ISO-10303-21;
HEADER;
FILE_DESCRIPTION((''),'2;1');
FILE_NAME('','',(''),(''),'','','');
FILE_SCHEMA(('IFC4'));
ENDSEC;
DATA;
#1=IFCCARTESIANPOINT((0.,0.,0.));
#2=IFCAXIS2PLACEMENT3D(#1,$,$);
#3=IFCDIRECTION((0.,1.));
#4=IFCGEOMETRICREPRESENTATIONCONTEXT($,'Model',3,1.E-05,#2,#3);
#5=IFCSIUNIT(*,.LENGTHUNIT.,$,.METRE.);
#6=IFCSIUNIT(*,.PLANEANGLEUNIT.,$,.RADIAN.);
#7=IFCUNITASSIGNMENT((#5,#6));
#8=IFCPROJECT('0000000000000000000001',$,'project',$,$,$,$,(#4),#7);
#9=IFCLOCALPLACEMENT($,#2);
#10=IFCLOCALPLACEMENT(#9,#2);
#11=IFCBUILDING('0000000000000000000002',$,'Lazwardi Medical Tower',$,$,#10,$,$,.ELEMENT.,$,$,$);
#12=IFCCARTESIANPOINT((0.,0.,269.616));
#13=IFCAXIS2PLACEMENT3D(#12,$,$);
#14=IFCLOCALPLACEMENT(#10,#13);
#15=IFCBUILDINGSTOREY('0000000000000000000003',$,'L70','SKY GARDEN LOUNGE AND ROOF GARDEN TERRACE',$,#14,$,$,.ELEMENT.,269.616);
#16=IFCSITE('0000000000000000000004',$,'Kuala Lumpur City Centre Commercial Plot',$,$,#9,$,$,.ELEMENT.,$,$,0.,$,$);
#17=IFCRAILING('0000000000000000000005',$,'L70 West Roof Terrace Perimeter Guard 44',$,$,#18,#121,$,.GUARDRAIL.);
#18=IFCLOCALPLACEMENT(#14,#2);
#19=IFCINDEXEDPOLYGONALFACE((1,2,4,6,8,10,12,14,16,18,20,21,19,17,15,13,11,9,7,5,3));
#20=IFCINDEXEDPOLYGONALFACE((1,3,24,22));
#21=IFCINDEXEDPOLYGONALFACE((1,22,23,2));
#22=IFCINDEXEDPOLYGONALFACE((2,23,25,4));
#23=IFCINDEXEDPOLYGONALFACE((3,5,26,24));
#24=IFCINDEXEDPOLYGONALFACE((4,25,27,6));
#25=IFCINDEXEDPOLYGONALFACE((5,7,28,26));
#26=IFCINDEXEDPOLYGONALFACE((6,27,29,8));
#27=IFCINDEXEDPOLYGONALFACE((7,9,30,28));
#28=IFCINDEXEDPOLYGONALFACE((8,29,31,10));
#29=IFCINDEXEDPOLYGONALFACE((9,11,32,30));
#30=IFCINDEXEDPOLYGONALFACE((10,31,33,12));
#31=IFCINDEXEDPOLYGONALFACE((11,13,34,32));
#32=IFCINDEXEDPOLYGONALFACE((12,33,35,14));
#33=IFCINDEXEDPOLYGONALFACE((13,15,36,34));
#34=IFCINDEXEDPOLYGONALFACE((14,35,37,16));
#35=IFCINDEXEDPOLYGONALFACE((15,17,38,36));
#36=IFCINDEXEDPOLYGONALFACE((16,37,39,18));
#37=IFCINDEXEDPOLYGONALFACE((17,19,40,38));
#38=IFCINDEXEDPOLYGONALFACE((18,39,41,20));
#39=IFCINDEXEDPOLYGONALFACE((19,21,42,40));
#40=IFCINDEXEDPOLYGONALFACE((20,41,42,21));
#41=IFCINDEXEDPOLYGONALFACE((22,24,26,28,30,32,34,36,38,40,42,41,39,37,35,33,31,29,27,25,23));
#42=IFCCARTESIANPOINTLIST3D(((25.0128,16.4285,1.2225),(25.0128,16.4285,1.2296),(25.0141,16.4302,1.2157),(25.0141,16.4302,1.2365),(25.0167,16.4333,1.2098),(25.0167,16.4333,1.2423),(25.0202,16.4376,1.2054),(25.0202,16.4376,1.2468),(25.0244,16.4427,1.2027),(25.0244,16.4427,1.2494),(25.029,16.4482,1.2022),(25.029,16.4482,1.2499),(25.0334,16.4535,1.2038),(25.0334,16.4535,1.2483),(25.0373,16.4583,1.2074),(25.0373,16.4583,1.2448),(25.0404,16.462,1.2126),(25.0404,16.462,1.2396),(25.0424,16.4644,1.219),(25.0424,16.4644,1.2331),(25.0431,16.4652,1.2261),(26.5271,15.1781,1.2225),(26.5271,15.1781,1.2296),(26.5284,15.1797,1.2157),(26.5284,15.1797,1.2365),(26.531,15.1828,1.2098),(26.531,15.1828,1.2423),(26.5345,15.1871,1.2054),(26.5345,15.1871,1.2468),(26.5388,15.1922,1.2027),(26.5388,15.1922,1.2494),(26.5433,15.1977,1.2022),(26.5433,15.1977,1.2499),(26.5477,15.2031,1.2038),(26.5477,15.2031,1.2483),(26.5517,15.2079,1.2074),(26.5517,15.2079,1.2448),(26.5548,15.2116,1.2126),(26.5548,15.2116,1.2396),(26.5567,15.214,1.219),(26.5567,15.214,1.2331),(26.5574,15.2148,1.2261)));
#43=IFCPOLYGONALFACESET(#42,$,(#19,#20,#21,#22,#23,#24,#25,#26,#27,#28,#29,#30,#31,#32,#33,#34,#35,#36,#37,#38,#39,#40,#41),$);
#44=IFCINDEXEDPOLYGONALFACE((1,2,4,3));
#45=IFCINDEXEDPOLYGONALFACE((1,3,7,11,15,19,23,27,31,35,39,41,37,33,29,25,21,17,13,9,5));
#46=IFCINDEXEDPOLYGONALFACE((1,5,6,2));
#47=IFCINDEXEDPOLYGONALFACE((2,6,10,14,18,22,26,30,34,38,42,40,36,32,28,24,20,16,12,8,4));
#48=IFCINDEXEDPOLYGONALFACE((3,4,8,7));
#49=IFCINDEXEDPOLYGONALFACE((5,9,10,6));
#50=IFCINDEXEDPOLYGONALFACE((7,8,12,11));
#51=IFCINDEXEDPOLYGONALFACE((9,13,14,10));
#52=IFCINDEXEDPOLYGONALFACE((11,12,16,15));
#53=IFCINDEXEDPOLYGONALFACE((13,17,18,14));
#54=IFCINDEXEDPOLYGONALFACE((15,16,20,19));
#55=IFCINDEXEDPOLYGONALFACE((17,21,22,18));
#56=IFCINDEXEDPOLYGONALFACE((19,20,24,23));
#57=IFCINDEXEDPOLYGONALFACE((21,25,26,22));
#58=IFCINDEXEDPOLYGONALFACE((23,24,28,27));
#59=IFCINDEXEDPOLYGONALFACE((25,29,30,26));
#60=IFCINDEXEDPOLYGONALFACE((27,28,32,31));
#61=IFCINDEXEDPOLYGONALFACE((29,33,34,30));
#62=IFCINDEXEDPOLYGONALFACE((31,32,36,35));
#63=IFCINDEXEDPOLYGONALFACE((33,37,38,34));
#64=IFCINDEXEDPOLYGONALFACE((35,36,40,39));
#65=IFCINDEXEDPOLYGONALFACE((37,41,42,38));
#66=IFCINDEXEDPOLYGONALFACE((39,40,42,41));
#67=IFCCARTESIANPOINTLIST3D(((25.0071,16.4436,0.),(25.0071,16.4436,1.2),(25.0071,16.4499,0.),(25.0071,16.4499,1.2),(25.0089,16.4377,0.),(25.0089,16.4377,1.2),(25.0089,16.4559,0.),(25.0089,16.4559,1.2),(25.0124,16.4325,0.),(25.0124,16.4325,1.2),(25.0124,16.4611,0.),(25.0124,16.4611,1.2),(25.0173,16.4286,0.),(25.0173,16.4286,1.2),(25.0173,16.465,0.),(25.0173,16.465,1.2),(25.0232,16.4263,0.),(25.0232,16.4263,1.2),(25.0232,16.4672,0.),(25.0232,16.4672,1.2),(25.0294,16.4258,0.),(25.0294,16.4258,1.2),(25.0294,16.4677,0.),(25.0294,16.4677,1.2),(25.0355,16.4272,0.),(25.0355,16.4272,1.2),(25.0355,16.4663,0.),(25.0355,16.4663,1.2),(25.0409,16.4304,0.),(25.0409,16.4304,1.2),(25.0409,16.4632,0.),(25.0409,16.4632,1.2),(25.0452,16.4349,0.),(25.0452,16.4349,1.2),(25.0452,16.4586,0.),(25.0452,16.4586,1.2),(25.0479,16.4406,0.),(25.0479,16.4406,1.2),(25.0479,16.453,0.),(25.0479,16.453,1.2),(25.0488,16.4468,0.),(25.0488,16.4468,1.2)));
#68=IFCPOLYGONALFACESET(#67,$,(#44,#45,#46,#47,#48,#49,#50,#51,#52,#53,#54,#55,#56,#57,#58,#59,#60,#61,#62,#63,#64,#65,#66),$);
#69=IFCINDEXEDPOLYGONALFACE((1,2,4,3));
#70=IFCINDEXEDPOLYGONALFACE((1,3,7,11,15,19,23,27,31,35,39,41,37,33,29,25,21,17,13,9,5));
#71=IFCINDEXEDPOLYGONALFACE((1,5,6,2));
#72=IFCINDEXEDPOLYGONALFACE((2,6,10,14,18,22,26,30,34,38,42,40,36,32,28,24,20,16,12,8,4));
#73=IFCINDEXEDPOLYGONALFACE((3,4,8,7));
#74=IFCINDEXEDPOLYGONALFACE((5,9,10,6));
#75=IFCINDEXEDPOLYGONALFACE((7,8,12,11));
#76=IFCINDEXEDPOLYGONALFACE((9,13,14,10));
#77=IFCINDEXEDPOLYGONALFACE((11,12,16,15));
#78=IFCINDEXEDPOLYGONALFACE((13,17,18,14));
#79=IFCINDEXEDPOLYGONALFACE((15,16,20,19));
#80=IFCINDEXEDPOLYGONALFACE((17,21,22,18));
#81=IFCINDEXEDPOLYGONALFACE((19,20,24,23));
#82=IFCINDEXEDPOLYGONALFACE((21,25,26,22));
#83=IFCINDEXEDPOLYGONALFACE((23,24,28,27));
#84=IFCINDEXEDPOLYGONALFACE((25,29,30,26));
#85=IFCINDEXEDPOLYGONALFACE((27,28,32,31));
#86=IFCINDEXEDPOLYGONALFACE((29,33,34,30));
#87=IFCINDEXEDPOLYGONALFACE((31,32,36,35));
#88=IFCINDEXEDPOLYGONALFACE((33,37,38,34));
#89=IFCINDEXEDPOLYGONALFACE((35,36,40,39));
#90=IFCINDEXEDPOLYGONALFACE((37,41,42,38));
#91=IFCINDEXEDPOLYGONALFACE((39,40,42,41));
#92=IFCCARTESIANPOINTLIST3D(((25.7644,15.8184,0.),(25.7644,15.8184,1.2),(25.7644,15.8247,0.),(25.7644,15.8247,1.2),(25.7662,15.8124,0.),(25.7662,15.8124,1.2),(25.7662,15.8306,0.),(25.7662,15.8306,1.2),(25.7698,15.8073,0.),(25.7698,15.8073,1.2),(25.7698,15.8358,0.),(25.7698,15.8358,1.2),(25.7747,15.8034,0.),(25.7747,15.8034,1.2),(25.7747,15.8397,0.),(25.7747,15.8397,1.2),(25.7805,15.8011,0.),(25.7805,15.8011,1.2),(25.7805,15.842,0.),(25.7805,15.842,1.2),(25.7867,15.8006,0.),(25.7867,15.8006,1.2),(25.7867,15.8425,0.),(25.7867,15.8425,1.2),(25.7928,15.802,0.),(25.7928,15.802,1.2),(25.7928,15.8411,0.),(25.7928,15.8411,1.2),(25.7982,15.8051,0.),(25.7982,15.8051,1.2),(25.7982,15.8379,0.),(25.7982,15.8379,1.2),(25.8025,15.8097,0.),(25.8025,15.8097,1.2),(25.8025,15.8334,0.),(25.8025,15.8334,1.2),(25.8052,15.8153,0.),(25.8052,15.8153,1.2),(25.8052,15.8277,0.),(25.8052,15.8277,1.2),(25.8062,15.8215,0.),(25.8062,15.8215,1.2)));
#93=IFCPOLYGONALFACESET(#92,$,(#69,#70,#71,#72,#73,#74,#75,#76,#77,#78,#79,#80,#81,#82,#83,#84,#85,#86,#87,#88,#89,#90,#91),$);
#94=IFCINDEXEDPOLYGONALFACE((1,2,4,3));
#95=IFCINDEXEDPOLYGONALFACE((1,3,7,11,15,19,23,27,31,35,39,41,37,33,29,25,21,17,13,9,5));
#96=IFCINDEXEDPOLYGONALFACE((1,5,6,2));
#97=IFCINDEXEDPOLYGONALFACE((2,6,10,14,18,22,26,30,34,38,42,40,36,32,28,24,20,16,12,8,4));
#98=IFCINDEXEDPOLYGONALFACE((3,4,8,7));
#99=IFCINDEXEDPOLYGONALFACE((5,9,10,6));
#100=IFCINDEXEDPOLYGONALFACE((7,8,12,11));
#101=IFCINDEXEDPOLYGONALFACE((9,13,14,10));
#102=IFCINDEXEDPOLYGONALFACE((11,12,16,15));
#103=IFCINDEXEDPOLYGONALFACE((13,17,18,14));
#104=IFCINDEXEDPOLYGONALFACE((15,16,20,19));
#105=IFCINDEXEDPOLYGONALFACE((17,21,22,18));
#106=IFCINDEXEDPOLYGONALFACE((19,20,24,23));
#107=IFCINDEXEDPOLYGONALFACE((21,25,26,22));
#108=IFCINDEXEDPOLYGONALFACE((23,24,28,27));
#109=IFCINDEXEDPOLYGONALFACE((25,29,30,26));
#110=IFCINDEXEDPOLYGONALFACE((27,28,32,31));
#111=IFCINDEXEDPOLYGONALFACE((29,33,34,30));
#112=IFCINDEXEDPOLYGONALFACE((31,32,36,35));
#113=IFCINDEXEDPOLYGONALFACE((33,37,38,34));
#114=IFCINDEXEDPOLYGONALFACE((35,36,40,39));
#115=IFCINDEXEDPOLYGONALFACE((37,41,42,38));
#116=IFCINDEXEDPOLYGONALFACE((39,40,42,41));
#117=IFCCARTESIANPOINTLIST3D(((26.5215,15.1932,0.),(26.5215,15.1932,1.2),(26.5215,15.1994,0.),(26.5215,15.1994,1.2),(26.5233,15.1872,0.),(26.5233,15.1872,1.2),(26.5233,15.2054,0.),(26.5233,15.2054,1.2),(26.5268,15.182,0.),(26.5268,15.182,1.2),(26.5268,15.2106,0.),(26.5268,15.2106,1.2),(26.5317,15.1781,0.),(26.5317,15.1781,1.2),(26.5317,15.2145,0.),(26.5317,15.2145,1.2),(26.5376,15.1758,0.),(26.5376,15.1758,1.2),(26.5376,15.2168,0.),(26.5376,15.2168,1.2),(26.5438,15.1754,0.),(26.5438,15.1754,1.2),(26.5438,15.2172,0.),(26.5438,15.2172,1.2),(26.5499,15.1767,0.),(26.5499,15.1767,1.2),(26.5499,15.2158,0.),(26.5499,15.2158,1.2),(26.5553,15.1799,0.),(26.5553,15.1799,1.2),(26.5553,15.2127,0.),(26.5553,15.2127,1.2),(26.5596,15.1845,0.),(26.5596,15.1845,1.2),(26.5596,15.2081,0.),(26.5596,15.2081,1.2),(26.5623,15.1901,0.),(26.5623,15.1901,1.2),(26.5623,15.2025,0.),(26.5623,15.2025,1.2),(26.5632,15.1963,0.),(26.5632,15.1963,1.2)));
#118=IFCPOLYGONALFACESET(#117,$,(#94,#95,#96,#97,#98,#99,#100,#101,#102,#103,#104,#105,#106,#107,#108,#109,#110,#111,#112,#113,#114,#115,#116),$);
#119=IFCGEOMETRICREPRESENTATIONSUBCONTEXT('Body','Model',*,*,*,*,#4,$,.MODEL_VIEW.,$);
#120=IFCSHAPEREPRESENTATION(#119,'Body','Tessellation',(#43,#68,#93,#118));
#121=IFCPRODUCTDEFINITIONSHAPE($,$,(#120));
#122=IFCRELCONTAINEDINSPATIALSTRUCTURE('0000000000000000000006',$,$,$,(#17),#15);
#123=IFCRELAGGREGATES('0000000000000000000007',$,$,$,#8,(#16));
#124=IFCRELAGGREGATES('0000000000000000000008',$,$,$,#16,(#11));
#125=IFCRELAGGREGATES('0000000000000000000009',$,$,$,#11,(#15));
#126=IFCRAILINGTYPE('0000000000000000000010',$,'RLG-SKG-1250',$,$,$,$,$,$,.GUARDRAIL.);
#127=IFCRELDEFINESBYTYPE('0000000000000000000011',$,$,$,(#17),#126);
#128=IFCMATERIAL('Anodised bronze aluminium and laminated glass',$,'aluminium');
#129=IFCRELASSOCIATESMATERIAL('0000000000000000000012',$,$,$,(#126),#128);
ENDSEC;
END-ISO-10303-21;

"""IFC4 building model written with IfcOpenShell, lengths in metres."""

from ifc_helpers import new_model, si_unit, direction, frame, origin, origin_2d, place, context, subcontext, project, spatial, circle, extrude, material, type_object, element, save


model = new_model("IFC4")

# Units and contexts
model_context = context("Model", 3, precision=1e-05, world=origin(), true_north=direction((0.0, 1.0)))
body_context = subcontext(model_context, "Body", "Model", "MODEL_VIEW")
ifc_project = project(units=[si_unit("LENGTHUNIT", "METRE"), si_unit("PLANEANGLEUNIT", "RADIAN")], contexts=[model_context])

# Site, building, storey
site_placement = place(None, origin())
site = spatial("IfcSite", under=ifc_project, at=site_placement, Name="Kuala Lumpur City Centre Commercial Plot", CompositionType="ELEMENT", RefElevation=0.0)
building_placement = place(site_placement, origin())
building = spatial("IfcBuilding", under=site, at=building_placement, Name="Lazwardi Medical Tower", CompositionType="ELEMENT")
storey_placement = place(building_placement, frame((0.0, 0.0, 269.616)))
storey = spatial("IfcBuildingStorey", under=building, at=storey_placement, Name="L70", Description="SKY GARDEN LOUNGE AND ROOF GARDEN TERRACE", CompositionType="ELEMENT", Elevation=269.616)

# Railing
ifc_material_1 = material(Name="Anodised bronze aluminium and laminated glass", Category="aluminium")
railing_type = type_object("IfcRailingType", Name="RLG-SKG-1250", PredefinedType="GUARDRAIL", material=ifc_material_1)
railing_1_placement = place(storey_placement, frame((25.0278, 16.4468, 0.0)))
element("IfcRailing", 1, at=railing_1_placement, inside=storey, type_object=railing_type, Name="L70 West Roof Terrace Perimeter Guard 44", PredefinedType="GUARDRAIL", context=body_context, shape_type="SweptSolid", body=[
    extrude(circle(Radius=0.0239, at=origin_2d()), frame((0.0, 0.0, 1.2261), z_axis=(0.771097, -0.636718, 0.0), x_axis=(0.636718, 0.771097, 0.0)), (0.0, 0.0, 1.0), 1.9639),
    extrude(circle(Radius=0.021, at=origin_2d()), origin(), (0.0, 0.0, 1.0), 1.2),
    extrude(circle(Radius=0.021, at=origin_2d()), frame((0.7573, -0.6252, 0.0)), (0.0, 0.0, 1.0), 1.2),
    extrude(circle(Radius=0.021, at=origin_2d()), frame((1.5144, -1.2505, 0.0)), (0.0, 0.0, 1.0), 1.2),
])

save(model, "model.ifc")
